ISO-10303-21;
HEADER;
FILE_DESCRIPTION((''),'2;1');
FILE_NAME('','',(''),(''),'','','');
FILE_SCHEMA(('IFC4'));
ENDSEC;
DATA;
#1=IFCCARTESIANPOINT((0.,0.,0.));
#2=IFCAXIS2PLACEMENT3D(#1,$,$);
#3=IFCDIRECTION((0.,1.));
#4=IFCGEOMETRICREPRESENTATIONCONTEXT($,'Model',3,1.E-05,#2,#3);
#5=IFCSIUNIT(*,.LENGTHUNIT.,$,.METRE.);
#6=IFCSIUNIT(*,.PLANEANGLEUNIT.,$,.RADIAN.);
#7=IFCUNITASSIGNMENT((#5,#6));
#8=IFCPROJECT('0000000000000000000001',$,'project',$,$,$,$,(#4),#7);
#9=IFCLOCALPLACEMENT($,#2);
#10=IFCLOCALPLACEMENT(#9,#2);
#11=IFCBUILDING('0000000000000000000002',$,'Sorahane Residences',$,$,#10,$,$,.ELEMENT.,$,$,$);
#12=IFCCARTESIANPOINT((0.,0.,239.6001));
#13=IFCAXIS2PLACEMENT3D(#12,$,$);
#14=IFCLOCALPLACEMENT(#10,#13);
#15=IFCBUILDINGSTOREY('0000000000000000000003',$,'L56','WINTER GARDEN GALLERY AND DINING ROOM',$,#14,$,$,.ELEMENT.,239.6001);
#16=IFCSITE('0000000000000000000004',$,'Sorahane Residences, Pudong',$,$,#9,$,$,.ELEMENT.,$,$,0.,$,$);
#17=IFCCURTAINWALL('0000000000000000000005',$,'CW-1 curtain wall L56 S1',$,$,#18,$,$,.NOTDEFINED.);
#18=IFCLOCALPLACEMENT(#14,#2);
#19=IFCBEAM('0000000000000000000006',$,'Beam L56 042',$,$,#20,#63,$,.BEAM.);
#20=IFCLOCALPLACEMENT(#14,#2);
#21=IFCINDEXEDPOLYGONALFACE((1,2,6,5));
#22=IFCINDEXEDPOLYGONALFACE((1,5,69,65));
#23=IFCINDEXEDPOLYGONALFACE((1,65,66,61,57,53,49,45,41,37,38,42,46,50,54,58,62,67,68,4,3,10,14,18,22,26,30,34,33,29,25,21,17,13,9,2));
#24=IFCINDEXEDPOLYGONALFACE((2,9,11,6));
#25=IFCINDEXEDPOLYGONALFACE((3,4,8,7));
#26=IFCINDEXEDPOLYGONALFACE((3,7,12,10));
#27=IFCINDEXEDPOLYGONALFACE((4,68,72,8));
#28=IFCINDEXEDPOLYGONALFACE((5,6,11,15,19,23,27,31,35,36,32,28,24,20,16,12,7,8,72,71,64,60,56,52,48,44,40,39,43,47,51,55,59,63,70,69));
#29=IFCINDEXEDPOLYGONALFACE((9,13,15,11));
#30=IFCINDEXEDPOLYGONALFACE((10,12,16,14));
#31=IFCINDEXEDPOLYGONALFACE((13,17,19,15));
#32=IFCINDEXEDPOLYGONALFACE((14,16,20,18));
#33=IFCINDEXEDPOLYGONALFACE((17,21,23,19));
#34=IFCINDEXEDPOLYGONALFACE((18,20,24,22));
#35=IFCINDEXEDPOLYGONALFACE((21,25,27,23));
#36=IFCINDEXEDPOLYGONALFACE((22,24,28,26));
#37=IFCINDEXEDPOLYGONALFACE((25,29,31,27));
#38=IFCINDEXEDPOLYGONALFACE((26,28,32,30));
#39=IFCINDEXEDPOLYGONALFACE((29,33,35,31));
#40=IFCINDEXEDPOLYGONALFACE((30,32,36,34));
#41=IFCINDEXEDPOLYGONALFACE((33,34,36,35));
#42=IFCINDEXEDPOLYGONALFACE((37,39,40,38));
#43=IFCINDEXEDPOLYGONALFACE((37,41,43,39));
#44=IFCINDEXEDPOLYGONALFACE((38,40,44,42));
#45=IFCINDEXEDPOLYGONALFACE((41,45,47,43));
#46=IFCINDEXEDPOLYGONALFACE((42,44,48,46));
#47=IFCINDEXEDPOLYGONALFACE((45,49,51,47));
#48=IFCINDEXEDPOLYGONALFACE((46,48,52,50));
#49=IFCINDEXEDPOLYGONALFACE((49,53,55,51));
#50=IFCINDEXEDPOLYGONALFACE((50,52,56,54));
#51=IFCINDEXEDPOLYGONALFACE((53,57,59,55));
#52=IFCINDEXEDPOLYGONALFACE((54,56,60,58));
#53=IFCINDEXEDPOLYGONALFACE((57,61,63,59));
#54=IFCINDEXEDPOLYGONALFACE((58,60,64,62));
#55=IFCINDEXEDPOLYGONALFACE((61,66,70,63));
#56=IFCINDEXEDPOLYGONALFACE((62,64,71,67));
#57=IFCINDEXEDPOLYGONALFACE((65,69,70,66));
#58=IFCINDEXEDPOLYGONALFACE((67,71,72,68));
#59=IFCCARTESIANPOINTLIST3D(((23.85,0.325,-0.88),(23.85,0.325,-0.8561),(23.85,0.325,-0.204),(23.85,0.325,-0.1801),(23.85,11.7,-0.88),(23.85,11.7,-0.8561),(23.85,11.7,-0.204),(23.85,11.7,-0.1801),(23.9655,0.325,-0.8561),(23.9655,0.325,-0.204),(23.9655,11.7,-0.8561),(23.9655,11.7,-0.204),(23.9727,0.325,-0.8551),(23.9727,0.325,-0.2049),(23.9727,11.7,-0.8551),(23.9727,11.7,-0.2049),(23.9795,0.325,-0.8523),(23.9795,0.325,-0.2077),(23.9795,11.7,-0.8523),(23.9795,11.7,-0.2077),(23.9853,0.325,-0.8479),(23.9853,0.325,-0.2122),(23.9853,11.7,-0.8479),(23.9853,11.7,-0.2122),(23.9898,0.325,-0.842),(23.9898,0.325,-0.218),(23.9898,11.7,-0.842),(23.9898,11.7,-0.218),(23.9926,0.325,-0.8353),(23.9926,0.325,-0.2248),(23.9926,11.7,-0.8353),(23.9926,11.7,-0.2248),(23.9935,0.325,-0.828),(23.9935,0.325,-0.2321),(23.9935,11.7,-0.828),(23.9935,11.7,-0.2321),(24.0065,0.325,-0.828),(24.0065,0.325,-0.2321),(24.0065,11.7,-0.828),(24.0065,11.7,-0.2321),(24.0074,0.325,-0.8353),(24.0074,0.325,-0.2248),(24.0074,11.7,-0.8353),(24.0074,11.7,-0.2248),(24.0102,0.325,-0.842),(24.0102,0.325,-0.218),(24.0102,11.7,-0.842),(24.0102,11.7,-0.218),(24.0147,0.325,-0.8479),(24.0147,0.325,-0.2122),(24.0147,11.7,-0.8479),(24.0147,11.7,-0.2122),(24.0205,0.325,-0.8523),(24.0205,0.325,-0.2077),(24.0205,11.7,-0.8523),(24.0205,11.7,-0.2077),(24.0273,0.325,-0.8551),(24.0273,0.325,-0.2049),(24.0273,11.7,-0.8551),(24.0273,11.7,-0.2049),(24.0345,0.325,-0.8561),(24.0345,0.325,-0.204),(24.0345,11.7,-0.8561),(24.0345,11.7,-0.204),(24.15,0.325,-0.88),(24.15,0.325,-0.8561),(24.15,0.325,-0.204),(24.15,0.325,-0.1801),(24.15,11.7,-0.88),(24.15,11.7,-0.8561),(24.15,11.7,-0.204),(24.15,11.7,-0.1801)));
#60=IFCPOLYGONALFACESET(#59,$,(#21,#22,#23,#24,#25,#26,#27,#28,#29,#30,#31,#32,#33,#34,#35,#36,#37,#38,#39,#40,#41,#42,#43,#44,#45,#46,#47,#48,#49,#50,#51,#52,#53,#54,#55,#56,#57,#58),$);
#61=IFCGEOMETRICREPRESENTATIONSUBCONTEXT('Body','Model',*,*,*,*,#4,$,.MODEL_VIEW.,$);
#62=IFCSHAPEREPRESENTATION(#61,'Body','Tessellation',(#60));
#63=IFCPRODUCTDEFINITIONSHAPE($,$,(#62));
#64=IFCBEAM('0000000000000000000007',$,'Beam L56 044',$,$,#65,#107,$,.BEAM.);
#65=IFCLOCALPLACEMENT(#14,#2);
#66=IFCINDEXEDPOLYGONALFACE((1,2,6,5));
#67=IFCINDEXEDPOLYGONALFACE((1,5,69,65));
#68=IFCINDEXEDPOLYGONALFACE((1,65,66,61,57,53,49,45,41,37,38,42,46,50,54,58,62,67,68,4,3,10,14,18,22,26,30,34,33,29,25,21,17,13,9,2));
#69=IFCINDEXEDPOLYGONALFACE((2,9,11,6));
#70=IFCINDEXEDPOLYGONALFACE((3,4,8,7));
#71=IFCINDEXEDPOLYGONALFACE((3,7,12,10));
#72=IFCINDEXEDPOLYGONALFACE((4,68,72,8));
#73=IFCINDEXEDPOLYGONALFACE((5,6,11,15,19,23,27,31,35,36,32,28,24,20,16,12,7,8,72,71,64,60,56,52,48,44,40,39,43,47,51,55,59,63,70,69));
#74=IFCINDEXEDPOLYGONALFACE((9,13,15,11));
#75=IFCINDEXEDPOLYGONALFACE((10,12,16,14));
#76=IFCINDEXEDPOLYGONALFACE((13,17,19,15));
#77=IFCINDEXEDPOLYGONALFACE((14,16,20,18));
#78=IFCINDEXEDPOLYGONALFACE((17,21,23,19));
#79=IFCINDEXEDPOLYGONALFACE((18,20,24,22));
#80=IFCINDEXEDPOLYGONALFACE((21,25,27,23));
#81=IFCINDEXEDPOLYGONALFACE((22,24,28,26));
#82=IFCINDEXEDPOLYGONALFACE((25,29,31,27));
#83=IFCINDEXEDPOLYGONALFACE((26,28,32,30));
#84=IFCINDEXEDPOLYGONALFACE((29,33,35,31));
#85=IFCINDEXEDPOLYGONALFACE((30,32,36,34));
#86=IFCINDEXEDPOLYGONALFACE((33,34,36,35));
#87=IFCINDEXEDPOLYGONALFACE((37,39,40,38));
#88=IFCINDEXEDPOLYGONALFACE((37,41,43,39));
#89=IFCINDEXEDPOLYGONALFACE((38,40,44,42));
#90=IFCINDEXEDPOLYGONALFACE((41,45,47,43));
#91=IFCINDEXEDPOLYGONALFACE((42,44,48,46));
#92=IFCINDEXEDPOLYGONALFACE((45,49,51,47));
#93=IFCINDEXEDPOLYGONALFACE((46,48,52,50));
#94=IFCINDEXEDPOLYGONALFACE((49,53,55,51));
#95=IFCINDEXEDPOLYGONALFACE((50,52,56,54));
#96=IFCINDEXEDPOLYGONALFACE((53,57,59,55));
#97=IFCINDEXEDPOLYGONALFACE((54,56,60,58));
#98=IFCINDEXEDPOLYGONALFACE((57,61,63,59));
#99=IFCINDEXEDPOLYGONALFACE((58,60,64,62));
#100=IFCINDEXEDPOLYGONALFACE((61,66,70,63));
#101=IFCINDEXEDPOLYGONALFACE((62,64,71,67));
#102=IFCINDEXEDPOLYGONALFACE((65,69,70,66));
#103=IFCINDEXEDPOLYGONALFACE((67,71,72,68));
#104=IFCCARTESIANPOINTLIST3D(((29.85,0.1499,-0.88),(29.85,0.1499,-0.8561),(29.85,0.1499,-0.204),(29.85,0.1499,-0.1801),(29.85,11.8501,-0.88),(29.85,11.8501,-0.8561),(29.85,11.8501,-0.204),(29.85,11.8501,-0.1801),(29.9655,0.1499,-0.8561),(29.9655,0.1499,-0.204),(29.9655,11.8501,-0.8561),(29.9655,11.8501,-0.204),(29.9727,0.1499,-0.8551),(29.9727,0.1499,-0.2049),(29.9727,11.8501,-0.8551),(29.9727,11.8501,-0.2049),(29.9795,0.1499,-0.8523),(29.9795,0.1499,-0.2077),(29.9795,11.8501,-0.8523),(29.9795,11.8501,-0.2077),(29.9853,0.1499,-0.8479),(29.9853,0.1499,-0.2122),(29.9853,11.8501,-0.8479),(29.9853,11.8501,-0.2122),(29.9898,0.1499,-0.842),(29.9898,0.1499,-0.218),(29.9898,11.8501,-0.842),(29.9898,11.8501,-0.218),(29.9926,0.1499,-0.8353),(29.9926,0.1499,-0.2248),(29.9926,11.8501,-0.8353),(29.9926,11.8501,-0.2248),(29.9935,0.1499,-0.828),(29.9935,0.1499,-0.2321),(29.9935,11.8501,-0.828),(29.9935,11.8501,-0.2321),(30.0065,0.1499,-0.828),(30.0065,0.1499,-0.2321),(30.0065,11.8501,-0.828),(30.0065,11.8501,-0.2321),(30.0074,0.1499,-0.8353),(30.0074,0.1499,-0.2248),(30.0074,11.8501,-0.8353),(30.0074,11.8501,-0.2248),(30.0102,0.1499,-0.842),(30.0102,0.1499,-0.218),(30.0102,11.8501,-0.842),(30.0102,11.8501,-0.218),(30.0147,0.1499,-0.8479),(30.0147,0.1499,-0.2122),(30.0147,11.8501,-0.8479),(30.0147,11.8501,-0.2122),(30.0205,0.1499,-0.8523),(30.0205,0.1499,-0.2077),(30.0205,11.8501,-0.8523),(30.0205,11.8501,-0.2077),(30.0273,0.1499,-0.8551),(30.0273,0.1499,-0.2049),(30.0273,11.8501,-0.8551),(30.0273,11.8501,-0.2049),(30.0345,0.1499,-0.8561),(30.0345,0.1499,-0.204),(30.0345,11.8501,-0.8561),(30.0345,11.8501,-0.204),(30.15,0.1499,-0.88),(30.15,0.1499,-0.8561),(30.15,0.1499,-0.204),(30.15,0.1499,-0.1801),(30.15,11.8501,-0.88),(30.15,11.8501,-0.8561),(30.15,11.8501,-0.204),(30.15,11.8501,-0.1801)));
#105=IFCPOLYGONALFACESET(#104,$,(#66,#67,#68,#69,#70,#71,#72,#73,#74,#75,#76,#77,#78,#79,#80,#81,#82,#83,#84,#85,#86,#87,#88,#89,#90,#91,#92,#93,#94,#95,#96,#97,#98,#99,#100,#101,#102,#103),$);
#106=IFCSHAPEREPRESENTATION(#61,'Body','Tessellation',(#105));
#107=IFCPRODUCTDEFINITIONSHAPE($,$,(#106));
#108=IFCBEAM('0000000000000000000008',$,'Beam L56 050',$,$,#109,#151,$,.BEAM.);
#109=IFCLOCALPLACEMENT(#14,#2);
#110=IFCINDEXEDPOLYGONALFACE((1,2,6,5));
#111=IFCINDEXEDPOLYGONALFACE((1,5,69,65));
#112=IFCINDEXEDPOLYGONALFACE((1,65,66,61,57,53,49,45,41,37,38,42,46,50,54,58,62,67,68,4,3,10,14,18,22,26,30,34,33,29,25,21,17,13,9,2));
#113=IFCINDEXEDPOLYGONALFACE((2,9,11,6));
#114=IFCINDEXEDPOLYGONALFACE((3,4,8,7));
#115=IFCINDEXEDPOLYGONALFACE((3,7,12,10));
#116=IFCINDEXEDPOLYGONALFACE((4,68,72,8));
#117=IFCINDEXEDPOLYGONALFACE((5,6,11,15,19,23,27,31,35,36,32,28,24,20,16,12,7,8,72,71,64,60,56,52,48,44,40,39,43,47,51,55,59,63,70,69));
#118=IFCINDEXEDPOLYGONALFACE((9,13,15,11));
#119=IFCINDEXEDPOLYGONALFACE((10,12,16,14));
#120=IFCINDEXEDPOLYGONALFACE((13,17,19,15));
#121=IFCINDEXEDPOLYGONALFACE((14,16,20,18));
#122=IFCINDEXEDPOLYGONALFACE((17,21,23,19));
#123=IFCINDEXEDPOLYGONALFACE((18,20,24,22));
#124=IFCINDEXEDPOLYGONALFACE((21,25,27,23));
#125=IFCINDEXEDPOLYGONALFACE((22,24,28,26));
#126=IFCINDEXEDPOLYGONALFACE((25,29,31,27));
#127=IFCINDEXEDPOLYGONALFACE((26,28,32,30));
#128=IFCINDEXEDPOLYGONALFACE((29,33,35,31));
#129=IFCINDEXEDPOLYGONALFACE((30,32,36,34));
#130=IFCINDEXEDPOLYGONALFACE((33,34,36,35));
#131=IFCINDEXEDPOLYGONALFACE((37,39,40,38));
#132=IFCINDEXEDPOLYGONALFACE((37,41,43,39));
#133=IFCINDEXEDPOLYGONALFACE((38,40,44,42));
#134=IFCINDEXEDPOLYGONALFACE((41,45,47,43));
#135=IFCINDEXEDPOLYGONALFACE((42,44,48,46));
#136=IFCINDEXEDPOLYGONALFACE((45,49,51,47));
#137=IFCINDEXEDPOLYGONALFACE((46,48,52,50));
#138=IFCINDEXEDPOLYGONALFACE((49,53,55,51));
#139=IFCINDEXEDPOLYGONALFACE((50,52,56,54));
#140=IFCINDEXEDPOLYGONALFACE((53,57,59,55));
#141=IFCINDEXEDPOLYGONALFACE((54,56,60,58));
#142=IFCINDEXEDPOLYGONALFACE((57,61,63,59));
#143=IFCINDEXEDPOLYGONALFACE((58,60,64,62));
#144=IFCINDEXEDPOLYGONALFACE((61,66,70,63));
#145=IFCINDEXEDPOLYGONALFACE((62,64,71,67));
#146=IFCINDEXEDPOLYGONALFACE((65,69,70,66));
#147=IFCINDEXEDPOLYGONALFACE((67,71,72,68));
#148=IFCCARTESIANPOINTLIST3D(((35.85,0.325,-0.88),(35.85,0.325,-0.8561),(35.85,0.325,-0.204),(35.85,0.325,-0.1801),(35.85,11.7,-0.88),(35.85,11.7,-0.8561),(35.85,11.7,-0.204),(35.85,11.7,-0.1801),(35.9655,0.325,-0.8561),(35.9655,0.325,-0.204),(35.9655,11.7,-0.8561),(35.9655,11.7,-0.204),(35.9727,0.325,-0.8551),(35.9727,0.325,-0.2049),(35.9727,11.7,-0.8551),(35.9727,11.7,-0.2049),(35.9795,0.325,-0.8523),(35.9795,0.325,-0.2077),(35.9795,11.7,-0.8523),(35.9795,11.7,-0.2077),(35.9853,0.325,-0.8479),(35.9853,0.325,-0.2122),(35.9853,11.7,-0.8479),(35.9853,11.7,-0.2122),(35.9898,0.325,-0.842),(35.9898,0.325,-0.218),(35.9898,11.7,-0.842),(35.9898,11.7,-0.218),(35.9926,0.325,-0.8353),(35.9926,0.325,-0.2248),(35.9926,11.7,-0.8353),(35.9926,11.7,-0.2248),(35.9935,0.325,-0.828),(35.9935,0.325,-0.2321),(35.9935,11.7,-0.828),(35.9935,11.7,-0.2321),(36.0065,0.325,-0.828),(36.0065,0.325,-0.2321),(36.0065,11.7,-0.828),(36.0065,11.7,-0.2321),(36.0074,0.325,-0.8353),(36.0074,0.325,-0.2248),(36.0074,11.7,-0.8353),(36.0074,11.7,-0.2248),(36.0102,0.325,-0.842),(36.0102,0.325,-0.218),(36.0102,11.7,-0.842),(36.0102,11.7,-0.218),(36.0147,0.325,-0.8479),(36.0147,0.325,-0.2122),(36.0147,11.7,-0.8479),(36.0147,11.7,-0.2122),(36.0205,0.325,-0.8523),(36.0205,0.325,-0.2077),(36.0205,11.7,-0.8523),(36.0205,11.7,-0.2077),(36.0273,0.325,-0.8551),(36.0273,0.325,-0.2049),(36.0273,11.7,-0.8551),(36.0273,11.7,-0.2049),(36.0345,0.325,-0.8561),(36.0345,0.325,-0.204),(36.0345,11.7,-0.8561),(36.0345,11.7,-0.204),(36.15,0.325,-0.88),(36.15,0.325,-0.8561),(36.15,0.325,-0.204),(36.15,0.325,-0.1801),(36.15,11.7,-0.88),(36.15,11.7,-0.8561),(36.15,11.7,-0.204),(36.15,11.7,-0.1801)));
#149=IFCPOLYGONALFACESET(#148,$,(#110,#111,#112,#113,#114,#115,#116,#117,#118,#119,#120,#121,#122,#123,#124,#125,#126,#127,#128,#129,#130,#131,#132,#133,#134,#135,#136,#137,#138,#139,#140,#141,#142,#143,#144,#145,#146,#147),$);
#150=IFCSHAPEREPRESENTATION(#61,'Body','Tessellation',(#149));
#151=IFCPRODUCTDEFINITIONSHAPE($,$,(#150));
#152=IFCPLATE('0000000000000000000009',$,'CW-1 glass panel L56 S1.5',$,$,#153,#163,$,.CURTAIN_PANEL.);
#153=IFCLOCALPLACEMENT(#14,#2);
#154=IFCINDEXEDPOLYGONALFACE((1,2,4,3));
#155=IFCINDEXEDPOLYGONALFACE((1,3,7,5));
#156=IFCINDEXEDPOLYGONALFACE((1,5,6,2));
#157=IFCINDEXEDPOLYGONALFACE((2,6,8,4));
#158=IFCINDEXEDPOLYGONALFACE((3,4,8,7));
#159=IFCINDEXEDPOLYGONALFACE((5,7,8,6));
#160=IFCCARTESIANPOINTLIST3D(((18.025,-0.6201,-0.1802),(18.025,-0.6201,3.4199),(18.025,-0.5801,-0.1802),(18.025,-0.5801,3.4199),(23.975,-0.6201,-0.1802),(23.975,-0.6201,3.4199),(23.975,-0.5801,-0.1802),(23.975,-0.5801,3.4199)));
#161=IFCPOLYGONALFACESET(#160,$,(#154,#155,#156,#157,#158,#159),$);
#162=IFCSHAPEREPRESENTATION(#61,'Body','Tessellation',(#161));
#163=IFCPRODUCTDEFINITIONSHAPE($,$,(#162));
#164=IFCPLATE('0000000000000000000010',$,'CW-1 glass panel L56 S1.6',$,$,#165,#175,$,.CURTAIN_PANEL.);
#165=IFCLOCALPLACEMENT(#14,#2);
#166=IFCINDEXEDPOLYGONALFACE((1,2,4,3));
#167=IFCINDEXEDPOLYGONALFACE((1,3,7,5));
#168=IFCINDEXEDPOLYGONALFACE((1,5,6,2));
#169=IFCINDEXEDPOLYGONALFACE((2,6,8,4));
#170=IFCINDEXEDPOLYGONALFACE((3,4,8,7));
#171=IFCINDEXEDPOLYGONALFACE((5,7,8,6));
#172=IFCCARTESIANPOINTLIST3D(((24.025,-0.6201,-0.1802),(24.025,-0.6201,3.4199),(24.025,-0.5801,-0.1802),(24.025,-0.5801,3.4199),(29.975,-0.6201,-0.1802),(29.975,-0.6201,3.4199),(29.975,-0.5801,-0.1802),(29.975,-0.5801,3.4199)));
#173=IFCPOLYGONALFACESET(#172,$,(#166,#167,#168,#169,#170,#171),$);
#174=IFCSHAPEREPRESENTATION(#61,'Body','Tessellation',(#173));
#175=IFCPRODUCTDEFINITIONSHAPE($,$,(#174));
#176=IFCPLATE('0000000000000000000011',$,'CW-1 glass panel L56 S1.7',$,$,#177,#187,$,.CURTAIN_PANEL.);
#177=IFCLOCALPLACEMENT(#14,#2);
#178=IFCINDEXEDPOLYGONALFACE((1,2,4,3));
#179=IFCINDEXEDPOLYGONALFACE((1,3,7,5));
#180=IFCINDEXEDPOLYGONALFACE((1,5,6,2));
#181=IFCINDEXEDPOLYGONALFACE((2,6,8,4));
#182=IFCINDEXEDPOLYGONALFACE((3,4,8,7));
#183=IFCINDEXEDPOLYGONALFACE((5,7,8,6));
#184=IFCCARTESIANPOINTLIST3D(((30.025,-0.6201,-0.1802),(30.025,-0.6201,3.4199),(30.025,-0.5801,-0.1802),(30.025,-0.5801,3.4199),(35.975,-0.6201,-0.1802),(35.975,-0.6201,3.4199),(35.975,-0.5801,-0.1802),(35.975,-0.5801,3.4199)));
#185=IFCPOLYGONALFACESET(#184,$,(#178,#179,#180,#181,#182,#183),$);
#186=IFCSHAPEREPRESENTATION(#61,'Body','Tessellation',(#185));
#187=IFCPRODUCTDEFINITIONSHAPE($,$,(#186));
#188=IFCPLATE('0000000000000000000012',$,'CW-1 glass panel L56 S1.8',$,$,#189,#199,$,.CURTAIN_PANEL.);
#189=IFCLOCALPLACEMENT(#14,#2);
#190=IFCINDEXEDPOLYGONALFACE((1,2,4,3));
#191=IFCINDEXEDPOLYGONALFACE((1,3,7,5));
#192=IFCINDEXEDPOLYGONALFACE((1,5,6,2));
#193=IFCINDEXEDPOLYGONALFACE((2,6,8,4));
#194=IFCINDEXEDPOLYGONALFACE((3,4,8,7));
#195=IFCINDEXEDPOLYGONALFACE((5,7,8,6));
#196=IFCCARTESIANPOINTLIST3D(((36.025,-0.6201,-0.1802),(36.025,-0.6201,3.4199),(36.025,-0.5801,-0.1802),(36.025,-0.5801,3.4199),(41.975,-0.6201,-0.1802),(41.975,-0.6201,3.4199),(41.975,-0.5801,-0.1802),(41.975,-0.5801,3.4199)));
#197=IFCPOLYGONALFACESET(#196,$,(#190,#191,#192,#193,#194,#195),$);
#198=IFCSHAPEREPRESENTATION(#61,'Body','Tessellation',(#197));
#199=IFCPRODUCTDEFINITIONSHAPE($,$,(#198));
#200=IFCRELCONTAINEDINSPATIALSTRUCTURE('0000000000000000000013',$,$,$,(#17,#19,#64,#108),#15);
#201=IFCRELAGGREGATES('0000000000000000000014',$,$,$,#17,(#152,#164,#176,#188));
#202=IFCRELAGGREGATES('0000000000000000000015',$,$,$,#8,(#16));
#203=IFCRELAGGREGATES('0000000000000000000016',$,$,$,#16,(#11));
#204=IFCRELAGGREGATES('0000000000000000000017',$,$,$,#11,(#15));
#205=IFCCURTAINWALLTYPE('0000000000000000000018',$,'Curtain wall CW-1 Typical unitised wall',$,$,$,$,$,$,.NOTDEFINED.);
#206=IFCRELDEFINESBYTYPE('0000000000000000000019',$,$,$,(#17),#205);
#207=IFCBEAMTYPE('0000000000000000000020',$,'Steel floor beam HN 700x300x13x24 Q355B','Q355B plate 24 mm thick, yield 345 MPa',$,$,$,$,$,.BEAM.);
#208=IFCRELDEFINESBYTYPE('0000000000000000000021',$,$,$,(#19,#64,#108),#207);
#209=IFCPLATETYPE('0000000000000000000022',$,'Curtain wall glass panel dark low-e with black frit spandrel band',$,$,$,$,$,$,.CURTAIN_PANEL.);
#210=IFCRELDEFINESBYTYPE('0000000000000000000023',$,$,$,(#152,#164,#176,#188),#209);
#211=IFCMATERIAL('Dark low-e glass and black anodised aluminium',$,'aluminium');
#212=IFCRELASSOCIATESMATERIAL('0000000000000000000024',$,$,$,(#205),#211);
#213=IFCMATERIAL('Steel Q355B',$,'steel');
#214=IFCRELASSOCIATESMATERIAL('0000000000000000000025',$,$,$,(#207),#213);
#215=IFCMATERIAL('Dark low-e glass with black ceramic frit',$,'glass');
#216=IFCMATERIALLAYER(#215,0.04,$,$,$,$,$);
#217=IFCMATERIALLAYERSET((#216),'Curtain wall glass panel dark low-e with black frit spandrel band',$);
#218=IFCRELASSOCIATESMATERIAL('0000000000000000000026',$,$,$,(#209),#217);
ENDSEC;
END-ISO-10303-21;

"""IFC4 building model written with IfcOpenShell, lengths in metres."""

from ifc_helpers import new_model, si_unit, direction, frame, origin, origin_2d, place, context, subcontext, project, spatial, rectangle, i_section, extrude, material, layer, layer_set, material_profile, profile_set, type_object, element, aggregate, save


model = new_model("IFC4")

# Units and contexts
model_context = context("Model", 3, precision=1e-05, world=origin(), true_north=direction((0.0, 1.0)))
body_context = subcontext(model_context, "Body", "Model", "MODEL_VIEW")
ifc_project = project(units=[si_unit("LENGTHUNIT", "METRE"), si_unit("PLANEANGLEUNIT", "RADIAN")], contexts=[model_context])

# Site, building, storey
site_placement = place(None, origin())
site = spatial("IfcSite", under=ifc_project, at=site_placement, Name="Sorahane Residences, Pudong", CompositionType="ELEMENT", RefElevation=0.0)
building_placement = place(site_placement, origin())
building = spatial("IfcBuilding", under=site, at=building_placement, Name="Sorahane Residences", CompositionType="ELEMENT")
storey_placement = place(building_placement, frame((0.0, 0.0, 239.6001)))
storey = spatial("IfcBuildingStorey", under=building, at=storey_placement, Name="L56", Description="WINTER GARDEN GALLERY AND DINING ROOM", CompositionType="ELEMENT", Elevation=239.6001)

# Curtain wall
ifc_material_1 = material(Name="Dark low-e glass and black anodised aluminium", Category="aluminium")
curtain_wall_type = type_object("IfcCurtainWallType", Name="Curtain wall CW-1 Typical unitised wall", PredefinedType="NOTDEFINED", material=ifc_material_1)
curtain_wall_placement = place(storey_placement, origin())
curtain_wall = element("IfcCurtainWall", 1, at=curtain_wall_placement, inside=storey, type_object=curtain_wall_type, Name="CW-1 curtain wall L56 S1", PredefinedType="NOTDEFINED")

# Beams
ifc_material_2 = material(Name="Steel Q355B", Category="steel")
ifc_material_profile_1 = material_profile(ifc_material_2, i_section(OverallWidth=0.3, OverallDepth=0.7, WebThickness=0.0129, FlangeThickness=0.0239, FilletRadius=0.0281, at=origin_2d()), Name="HN 700x300x13x24")
ifc_profile_set_1 = profile_set([ifc_material_profile_1], Name="Steel Q355B")
beam_type_1 = type_object("IfcBeamType", Name="Steel floor beam HN 700x300x13x24 Q355B", Description="Q355B plate 24 mm thick, yield 345 MPa", PredefinedType="BEAM", material=ifc_profile_set_1)
beam_1_placement = place(storey_placement, frame((24.0, 0.325, -0.53), z_axis=(0.0, 1.0, 0.0), x_axis=(-1.0, 0.0, 0.0)))
element("IfcBeam", 2, at=beam_1_placement, inside=storey, type_object=beam_type_1, Name="Beam L56 042", PredefinedType="BEAM", context=body_context, shape_type="SweptSolid", body=[
    extrude(i_section(OverallWidth=0.3, OverallDepth=0.7, WebThickness=0.0129, FlangeThickness=0.0239, FilletRadius=0.0281, at=origin_2d()), origin(), (0.0, 0.0, 1.0), 11.375),
])
beam_2_placement = place(storey_placement, frame((30.0, 0.1499, -0.53), z_axis=(0.0, 1.0, 0.0), x_axis=(-1.0, 0.0, 0.0)))
element("IfcBeam", 3, at=beam_2_placement, inside=storey, type_object=beam_type_1, Name="Beam L56 044", PredefinedType="BEAM", context=body_context, shape_type="SweptSolid", body=[
    extrude(i_section(OverallWidth=0.3, OverallDepth=0.7, WebThickness=0.0129, FlangeThickness=0.0239, FilletRadius=0.0281, at=origin_2d()), origin(), (0.0, 0.0, 1.0), 11.7002),
])
beam_3_placement = place(storey_placement, frame((36.0, 0.325, -0.53), z_axis=(0.0, 1.0, 0.0), x_axis=(-1.0, 0.0, 0.0)))
element("IfcBeam", 4, at=beam_3_placement, inside=storey, type_object=beam_type_1, Name="Beam L56 050", PredefinedType="BEAM", context=body_context, shape_type="SweptSolid", body=[
    extrude(i_section(OverallWidth=0.3, OverallDepth=0.7, WebThickness=0.0129, FlangeThickness=0.0239, FilletRadius=0.0281, at=origin_2d()), origin(), (0.0, 0.0, 1.0), 11.375),
])

# Plates
ifc_material_3 = material(Name="Dark low-e glass with black ceramic frit", Category="glass")
ifc_layer_1 = layer(ifc_material_3, 0.04)
ifc_layer_set_1 = layer_set([ifc_layer_1], Name="Curtain wall glass panel dark low-e with black frit spandrel band")
plate_type = type_object("IfcPlateType", Name="Curtain wall glass panel dark low-e with black frit spandrel band", PredefinedType="CURTAIN_PANEL", material=ifc_layer_set_1)
plate_1_placement = place(storey_placement, frame((21.0, -0.6001, -0.1802), z_axis=(0.0, 0.0, 1.0), x_axis=(1.0, 0.0, 0.0)))
plate_1 = element("IfcPlate", 5, at=plate_1_placement, type_object=plate_type, Name="CW-1 glass panel L56 S1.5", PredefinedType="CURTAIN_PANEL", context=body_context, shape_type="SweptSolid", body=[
    extrude(rectangle(XDim=5.95, YDim=0.04, at=origin_2d()), origin(), (0.0, 0.0, 1.0), 3.6001),
])
plate_2_placement = place(storey_placement, frame((27.0, -0.6001, -0.1802), z_axis=(0.0, 0.0, 1.0), x_axis=(1.0, 0.0, 0.0)))
plate_2 = element("IfcPlate", 6, at=plate_2_placement, type_object=plate_type, Name="CW-1 glass panel L56 S1.6", PredefinedType="CURTAIN_PANEL", context=body_context, shape_type="SweptSolid", body=[
    extrude(rectangle(XDim=5.95, YDim=0.04, at=origin_2d()), origin(), (0.0, 0.0, 1.0), 3.6001),
])
plate_3_placement = place(storey_placement, frame((33.0, -0.6001, -0.1802), z_axis=(0.0, 0.0, 1.0), x_axis=(1.0, 0.0, 0.0)))
plate_3 = element("IfcPlate", 7, at=plate_3_placement, type_object=plate_type, Name="CW-1 glass panel L56 S1.7", PredefinedType="CURTAIN_PANEL", context=body_context, shape_type="SweptSolid", body=[
    extrude(rectangle(XDim=5.95, YDim=0.04, at=origin_2d()), origin(), (0.0, 0.0, 1.0), 3.6001),
])
plate_4_placement = place(storey_placement, frame((39.0, -0.6001, -0.1802), z_axis=(0.0, 0.0, 1.0), x_axis=(1.0, 0.0, 0.0)))
plate_4 = element("IfcPlate", 8, at=plate_4_placement, type_object=plate_type, Name="CW-1 glass panel L56 S1.8", PredefinedType="CURTAIN_PANEL", context=body_context, shape_type="SweptSolid", body=[
    extrude(rectangle(XDim=5.95, YDim=0.04, at=origin_2d()), origin(), (0.0, 0.0, 1.0), 3.6001),
])
aggregate(curtain_wall, [plate_1, plate_2, plate_3, plate_4])

save(model, "model.ifc")
